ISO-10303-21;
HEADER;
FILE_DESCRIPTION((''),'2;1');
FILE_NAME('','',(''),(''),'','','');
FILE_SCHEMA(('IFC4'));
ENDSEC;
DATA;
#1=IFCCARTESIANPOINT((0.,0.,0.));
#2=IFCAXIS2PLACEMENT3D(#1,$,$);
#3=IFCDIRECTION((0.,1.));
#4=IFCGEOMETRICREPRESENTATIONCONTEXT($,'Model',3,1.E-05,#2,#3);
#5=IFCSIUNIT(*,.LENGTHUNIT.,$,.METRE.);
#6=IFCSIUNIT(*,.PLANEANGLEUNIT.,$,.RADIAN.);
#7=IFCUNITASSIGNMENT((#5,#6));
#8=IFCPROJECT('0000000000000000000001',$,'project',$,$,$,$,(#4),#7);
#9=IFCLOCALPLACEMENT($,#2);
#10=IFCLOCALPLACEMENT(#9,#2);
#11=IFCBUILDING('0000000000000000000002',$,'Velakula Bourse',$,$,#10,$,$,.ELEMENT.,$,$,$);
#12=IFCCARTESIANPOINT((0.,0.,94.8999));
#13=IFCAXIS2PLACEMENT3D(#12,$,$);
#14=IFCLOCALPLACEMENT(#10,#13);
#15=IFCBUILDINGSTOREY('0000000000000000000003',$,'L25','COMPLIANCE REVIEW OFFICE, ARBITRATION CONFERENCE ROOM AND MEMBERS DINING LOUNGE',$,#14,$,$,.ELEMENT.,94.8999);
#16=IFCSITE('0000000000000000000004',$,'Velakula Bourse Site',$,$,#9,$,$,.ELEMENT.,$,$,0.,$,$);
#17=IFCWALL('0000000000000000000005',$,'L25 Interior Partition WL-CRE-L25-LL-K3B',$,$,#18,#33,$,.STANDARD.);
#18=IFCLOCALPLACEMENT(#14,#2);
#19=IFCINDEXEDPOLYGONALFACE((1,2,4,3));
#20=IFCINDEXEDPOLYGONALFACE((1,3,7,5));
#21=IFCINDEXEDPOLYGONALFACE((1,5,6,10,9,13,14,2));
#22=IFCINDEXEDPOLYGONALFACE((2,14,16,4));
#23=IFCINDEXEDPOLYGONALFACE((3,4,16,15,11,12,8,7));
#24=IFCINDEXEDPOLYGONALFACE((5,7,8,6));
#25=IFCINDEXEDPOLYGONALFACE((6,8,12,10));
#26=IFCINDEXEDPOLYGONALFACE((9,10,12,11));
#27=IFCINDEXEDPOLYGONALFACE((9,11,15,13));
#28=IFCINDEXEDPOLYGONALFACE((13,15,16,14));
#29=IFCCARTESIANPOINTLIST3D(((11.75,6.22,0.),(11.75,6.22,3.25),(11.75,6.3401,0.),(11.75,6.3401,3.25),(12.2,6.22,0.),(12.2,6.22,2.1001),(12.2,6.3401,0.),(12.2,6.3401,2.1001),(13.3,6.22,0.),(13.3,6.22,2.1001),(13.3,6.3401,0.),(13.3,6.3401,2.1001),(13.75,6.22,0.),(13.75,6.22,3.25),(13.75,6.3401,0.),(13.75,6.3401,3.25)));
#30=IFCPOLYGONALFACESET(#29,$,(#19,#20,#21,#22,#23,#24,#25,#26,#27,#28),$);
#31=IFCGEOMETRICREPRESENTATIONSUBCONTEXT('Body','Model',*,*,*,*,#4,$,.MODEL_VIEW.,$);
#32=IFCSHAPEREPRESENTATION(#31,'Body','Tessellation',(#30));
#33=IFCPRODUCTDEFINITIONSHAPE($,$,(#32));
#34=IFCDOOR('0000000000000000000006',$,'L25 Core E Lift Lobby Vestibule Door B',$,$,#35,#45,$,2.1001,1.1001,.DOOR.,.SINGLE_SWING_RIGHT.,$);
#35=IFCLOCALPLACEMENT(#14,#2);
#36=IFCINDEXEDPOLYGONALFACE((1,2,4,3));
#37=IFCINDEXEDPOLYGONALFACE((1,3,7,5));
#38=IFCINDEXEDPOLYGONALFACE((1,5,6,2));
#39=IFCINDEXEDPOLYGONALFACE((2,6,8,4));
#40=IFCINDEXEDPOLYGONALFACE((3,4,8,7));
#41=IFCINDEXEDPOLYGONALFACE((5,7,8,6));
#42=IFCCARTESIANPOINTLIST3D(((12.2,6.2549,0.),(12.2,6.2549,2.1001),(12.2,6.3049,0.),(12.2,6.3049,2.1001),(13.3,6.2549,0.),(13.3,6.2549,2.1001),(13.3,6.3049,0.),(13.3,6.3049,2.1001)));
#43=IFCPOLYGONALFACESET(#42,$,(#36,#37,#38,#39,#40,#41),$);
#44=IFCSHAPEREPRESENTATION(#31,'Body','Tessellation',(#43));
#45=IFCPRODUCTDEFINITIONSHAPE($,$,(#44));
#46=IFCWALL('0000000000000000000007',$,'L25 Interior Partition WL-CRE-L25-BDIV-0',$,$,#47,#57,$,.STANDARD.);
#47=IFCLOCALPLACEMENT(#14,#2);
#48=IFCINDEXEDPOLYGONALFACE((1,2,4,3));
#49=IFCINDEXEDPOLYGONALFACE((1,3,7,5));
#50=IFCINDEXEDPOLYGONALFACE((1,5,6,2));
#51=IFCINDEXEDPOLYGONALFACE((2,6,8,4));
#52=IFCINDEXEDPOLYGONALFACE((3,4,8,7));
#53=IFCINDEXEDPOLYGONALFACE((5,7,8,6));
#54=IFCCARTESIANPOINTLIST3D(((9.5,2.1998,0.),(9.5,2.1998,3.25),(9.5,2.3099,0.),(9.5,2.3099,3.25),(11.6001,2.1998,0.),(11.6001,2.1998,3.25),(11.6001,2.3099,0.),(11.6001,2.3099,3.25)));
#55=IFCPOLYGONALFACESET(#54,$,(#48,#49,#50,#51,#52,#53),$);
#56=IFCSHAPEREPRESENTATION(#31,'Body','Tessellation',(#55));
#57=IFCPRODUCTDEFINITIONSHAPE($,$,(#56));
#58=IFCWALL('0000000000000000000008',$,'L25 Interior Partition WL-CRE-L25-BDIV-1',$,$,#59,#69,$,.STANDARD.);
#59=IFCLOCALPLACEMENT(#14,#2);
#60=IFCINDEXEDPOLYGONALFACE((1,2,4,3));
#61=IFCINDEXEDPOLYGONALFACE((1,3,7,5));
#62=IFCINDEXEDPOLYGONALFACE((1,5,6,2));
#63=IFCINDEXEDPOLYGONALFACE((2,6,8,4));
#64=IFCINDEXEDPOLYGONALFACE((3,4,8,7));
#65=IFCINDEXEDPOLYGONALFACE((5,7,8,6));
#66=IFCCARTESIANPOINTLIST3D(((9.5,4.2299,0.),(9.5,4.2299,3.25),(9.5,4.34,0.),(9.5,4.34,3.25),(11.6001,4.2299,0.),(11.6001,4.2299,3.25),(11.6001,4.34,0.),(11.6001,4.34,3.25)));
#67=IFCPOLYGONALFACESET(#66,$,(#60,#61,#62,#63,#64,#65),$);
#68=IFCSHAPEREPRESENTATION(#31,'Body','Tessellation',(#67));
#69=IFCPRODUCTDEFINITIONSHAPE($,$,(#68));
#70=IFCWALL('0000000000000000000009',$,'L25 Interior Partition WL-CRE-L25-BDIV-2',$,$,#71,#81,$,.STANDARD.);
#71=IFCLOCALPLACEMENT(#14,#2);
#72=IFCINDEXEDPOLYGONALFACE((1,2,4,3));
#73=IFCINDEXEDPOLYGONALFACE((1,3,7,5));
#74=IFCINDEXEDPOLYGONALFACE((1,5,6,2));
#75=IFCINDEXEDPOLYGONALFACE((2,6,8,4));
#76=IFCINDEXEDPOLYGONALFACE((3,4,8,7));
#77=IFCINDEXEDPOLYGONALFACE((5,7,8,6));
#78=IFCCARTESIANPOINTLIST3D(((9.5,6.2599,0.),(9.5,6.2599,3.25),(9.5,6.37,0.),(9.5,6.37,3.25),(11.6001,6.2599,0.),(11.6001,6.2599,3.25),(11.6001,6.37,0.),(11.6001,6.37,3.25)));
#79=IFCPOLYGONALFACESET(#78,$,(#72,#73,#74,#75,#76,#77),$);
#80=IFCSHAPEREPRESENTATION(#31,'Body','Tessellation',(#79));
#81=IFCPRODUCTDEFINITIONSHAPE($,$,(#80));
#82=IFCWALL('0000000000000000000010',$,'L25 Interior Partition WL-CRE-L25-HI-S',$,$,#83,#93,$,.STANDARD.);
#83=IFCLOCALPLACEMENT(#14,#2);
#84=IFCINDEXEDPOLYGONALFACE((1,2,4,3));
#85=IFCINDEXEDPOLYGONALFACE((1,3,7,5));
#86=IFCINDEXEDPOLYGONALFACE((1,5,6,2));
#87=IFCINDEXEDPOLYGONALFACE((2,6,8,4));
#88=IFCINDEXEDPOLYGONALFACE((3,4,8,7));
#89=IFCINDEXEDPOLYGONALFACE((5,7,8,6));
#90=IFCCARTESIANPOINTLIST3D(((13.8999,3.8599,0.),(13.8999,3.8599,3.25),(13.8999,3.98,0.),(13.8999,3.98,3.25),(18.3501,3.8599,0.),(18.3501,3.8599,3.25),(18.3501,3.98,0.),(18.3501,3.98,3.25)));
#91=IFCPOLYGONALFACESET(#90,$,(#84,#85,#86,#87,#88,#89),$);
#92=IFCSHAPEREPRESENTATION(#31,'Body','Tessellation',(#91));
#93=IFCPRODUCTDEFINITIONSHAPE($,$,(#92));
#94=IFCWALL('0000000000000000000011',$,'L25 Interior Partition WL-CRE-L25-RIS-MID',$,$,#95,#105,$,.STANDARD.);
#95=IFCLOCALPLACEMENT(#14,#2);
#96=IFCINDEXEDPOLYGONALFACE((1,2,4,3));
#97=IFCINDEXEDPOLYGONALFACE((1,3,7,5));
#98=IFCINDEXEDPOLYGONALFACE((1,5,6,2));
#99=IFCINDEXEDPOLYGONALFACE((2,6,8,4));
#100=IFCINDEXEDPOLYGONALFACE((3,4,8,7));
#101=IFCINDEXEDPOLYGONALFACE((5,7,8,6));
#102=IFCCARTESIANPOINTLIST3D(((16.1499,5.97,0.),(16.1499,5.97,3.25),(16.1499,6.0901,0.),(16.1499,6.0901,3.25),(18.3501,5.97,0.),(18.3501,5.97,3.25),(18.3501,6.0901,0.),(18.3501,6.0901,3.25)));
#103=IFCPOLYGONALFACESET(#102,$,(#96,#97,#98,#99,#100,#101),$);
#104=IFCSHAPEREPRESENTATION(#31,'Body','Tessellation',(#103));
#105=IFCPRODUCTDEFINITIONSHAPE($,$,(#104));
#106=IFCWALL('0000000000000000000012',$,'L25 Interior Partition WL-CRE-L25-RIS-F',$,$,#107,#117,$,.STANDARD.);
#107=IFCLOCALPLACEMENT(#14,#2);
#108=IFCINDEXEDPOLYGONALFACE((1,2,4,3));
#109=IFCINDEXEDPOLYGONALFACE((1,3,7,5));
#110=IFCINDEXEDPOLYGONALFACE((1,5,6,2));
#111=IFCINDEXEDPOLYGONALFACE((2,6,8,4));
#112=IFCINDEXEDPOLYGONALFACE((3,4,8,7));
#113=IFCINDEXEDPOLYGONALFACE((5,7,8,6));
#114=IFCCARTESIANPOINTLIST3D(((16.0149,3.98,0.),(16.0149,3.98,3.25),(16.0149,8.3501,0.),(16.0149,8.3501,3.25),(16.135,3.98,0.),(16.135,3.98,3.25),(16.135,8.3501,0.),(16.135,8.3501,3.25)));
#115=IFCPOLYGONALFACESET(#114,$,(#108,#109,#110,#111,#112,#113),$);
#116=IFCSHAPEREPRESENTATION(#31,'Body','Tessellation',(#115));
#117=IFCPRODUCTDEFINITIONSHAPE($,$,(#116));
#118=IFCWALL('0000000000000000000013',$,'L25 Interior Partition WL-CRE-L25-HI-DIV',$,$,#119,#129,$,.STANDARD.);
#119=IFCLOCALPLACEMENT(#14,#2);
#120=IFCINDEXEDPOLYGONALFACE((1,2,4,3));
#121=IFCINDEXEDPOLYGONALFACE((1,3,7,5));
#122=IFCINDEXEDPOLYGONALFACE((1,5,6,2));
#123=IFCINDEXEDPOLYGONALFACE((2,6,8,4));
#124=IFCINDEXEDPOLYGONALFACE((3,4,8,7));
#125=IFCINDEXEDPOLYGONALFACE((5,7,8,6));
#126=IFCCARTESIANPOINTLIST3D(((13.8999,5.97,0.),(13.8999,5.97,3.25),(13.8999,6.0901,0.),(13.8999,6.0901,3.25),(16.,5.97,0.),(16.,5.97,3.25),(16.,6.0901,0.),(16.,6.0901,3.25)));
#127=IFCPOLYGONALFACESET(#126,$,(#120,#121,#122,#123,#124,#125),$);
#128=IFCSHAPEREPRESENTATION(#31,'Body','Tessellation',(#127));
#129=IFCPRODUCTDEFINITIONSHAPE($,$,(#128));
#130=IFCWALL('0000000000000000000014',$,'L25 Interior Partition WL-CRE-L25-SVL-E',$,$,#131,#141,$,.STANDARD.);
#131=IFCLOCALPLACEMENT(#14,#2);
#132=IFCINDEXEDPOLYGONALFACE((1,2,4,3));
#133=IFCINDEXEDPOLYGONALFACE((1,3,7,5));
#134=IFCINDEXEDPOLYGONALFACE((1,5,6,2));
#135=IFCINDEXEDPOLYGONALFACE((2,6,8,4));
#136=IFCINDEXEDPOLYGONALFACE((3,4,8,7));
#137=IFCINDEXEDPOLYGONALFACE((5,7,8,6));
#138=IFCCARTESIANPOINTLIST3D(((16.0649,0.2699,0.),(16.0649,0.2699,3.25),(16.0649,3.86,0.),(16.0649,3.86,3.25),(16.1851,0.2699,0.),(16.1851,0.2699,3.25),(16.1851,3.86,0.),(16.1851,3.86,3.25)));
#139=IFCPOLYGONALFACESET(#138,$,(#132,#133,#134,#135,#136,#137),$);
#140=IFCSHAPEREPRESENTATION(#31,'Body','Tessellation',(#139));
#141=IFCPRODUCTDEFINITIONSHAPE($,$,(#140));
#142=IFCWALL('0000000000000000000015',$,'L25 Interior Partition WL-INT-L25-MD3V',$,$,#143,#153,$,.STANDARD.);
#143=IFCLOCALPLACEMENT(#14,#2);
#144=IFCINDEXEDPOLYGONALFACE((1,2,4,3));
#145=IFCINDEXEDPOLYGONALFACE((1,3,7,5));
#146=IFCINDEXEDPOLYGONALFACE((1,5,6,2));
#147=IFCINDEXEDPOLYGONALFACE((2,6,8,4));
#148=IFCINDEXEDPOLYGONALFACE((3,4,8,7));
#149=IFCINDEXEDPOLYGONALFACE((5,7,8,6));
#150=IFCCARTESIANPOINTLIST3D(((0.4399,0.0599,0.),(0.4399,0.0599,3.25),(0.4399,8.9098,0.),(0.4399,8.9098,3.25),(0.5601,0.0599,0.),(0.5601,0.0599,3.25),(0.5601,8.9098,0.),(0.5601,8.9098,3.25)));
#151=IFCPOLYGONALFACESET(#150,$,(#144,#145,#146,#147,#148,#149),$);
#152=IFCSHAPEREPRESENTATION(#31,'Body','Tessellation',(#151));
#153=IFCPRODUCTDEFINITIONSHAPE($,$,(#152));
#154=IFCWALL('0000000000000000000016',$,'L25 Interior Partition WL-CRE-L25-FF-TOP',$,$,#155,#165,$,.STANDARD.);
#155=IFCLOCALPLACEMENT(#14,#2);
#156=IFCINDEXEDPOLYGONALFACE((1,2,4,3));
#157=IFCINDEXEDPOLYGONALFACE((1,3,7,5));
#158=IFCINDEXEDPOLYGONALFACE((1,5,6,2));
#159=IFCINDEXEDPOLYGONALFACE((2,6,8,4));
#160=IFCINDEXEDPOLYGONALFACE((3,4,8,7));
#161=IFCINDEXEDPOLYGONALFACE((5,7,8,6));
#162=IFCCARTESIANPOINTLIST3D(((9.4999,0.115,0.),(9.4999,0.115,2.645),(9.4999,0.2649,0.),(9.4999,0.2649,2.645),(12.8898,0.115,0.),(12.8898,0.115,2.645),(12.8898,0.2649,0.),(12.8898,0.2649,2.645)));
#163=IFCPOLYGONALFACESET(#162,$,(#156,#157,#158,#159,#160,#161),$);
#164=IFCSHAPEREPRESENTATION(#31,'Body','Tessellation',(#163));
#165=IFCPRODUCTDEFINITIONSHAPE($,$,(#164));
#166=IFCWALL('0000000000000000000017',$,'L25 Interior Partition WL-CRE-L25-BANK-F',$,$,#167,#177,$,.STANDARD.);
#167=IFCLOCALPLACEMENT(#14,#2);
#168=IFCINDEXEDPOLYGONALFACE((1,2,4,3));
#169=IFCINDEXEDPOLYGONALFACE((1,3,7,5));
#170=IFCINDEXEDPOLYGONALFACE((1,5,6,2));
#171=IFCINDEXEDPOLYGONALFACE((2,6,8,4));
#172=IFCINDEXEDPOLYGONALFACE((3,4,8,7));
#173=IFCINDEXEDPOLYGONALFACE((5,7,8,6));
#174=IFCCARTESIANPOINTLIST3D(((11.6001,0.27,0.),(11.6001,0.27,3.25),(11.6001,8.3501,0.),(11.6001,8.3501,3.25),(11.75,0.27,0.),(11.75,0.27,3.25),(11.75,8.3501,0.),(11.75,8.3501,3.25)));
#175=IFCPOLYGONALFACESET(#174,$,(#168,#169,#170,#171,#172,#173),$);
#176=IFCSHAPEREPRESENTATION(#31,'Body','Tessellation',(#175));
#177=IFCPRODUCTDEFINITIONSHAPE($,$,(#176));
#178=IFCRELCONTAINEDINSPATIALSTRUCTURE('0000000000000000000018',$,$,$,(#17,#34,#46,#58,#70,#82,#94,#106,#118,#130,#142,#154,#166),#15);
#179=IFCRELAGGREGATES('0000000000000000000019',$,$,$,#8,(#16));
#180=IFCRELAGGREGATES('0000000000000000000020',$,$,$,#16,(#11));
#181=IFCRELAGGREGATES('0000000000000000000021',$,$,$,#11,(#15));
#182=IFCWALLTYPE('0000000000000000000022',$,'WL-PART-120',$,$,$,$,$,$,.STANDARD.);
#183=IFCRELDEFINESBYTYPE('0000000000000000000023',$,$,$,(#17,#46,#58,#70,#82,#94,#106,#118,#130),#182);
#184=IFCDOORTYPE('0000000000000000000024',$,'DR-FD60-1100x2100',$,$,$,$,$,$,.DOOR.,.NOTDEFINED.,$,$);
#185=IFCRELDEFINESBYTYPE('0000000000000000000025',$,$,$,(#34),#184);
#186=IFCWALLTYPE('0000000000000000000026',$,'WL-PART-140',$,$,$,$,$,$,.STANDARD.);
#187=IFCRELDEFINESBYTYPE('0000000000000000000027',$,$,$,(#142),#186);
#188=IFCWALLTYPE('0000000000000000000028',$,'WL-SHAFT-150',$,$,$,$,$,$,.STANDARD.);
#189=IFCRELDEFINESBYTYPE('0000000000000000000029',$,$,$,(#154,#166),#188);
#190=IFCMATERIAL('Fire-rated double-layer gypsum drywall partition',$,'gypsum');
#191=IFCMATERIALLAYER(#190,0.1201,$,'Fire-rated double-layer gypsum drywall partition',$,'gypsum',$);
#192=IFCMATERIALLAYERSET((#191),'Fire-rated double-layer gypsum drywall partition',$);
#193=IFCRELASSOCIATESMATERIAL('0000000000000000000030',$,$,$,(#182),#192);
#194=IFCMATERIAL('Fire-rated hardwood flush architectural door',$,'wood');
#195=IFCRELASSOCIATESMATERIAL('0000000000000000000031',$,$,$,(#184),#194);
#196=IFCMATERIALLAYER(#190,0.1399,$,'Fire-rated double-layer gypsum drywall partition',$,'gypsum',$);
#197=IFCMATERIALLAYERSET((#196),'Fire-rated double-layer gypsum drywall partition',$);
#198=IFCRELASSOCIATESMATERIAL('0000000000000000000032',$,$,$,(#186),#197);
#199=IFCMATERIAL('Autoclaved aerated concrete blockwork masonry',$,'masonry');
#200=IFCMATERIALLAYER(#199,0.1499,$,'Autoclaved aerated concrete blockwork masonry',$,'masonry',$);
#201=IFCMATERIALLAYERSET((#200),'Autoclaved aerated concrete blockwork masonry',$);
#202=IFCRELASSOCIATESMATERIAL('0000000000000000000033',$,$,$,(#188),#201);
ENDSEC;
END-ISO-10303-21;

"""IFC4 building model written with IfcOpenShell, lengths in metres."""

from ifc_helpers import new_model, si_unit, direction, frame, frame_2d, origin, place, context, subcontext, project, spatial, rectangle, extrude, material, layer, layer_set, type_object, element, fill, save


model = new_model("IFC4")

# Units and contexts
model_context = context("Model", 3, precision=1e-05, world=origin(), true_north=direction((0.0, 1.0)))
body_context = subcontext(model_context, "Body", "Model", "MODEL_VIEW")
ifc_project = project(units=[si_unit("LENGTHUNIT", "METRE"), si_unit("PLANEANGLEUNIT", "RADIAN")], contexts=[model_context])

# Site, building, storey
site_placement = place(None, origin())
site = spatial("IfcSite", under=ifc_project, at=site_placement, Name="Velakula Bourse Site", CompositionType="ELEMENT", RefElevation=0.0)
building_placement = place(site_placement, origin())
building = spatial("IfcBuilding", under=site, at=building_placement, Name="Velakula Bourse", CompositionType="ELEMENT")
storey_placement = place(building_placement, frame((0.0, 0.0, 94.8999)))
storey = spatial("IfcBuildingStorey", under=building, at=storey_placement, Name="L25", Description="COMPLIANCE REVIEW OFFICE, ARBITRATION CONFERENCE ROOM AND MEMBERS DINING LOUNGE", CompositionType="ELEMENT", Elevation=94.8999)

# Wall, opening, door
ifc_material_1 = material(Name="Fire-rated double-layer gypsum drywall partition", Category="gypsum")
ifc_layer_1 = layer(ifc_material_1, 0.1201, Name="Fire-rated double-layer gypsum drywall partition", Category="gypsum")
ifc_layer_set_1 = layer_set([ifc_layer_1], Name="Fire-rated double-layer gypsum drywall partition")
wall_type_1 = type_object("IfcWallType", Name="WL-PART-120", PredefinedType="STANDARD", material=ifc_layer_set_1)
ifc_material_2 = material(Name="Fire-rated hardwood flush architectural door", Category="wood")
door_type_1 = type_object("IfcDoorType", Name="DR-FD60-1100x2100", OperationType="NOTDEFINED", PredefinedType="DOOR", material=ifc_material_2)
wall_1_placement = place(storey_placement, frame((11.75, 6.28, 0.0), z_axis=(0.0, 0.0, 1.0), x_axis=(1.0, 0.0, 0.0)))
wall_1 = element("IfcWall", 1, at=wall_1_placement, inside=storey, type_object=wall_type_1, Name="L25 Interior Partition WL-CRE-L25-LL-K3B", PredefinedType="STANDARD", context=body_context, shape_type="SweptSolid", body=[
    extrude(rectangle(XDim=2.0, YDim=0.1201, at=frame_2d((1.0, 0.0))), origin(), (0.0, 0.0, 1.0), 3.25),
])
opening_1_placement = place(wall_1_placement, frame((0.45, 0.0, 0.0)))
opening_1 = element("IfcOpeningElement", 2, at=opening_1_placement, cuts=wall_1, PredefinedType="OPENING", context=body_context, shape_type="SweptSolid", body=[
    extrude(rectangle(XDim=1.1001, YDim=2.1001, at=frame_2d((0.55, 1.05))), frame((0.0, 0.0701, 0.0), z_axis=(0.0, -1.0, 0.0), x_axis=(1.0, 0.0, 0.0)), (0.0, 0.0, 1.0), 0.1401),
])
door_1_placement = place(opening_1_placement, origin())
door_1 = element("IfcDoor", 3, at=door_1_placement, inside=storey, type_object=door_type_1, Name="L25 Core E Lift Lobby Vestibule Door B", OperationType="SINGLE_SWING_RIGHT", OverallHeight=2.1001, OverallWidth=1.1001, PredefinedType="DOOR", context=body_context, shape_type="SweptSolid", body=[
    extrude(rectangle(XDim=1.1001, YDim=2.1001, at=frame_2d((0.55, 1.05))), frame((0.0, 0.0249, 0.0), z_axis=(0.0, -1.0, 0.0), x_axis=(1.0, 0.0, 0.0)), (0.0, 0.0, 1.0), 0.05),
])
fill(opening_1, door_1)

# Walls
for number, where, z_axis, x_axis, name in (
    (4, (9.5, 2.2549, 0.0), (0.0, 0.0, 1.0), (1.0, 0.0, 0.0), "L25 Interior Partition WL-CRE-L25-BDIV-0"),
    (5, (9.5, 4.2849, 0.0), (0.0, 0.0, 1.0), (1.0, 0.0, 0.0), "L25 Interior Partition WL-CRE-L25-BDIV-1"),
    (6, (9.5, 6.3149, 0.0), (0.0, 0.0, 1.0), (1.0, 0.0, 0.0), "L25 Interior Partition WL-CRE-L25-BDIV-2"),
):
    element("IfcWall", number, at=place(storey_placement, frame(where, z_axis=z_axis, x_axis=x_axis)), inside=storey, type_object=wall_type_1, Name=name, PredefinedType="STANDARD", context=body_context, shape_type="SweptSolid", body=[
        extrude(rectangle(XDim=2.1001, YDim=0.1101, at=frame_2d((1.05, 0.0))), origin(), (0.0, 0.0, 1.0), 3.25),
    ])
wall_2_placement = place(storey_placement, frame((13.8999, 3.9199, 0.0), z_axis=(0.0, 0.0, 1.0), x_axis=(1.0, 0.0, 0.0)))
element("IfcWall", 7, at=wall_2_placement, inside=storey, type_object=wall_type_1, Name="L25 Interior Partition WL-CRE-L25-HI-S", PredefinedType="STANDARD", context=body_context, shape_type="SweptSolid", body=[
    extrude(rectangle(XDim=4.4502, YDim=0.1201, at=frame_2d((2.2251, 0.0))), origin(), (0.0, 0.0, 1.0), 3.25),
])
wall_3_placement = place(storey_placement, frame((16.1499, 6.03, 0.0), z_axis=(0.0, 0.0, 1.0), x_axis=(1.0, 0.0, 0.0)))
element("IfcWall", 8, at=wall_3_placement, inside=storey, type_object=wall_type_1, Name="L25 Interior Partition WL-CRE-L25-RIS-MID", PredefinedType="STANDARD", context=body_context, shape_type="SweptSolid", body=[
    extrude(rectangle(XDim=2.2002, YDim=0.1201, at=frame_2d((1.1001, 0.0))), origin(), (0.0, 0.0, 1.0), 3.25),
])
wall_4_placement = place(storey_placement, frame((16.075, 3.98, 0.0), z_axis=(0.0, 0.0, 1.0), x_axis=(0.0, 1.0, 0.0)))
element("IfcWall", 9, at=wall_4_placement, inside=storey, type_object=wall_type_1, Name="L25 Interior Partition WL-CRE-L25-RIS-F", PredefinedType="STANDARD", context=body_context, shape_type="SweptSolid", body=[
    extrude(rectangle(XDim=4.3701, YDim=0.1201, at=frame_2d((2.1851, 0.0))), origin(), (0.0, 0.0, 1.0), 3.25),
])
wall_5_placement = place(storey_placement, frame((13.8999, 6.03, 0.0), z_axis=(0.0, 0.0, 1.0), x_axis=(1.0, 0.0, 0.0)))
element("IfcWall", 10, at=wall_5_placement, inside=storey, type_object=wall_type_1, Name="L25 Interior Partition WL-CRE-L25-HI-DIV", PredefinedType="STANDARD", context=body_context, shape_type="SweptSolid", body=[
    extrude(rectangle(XDim=2.1001, YDim=0.1201, at=frame_2d((1.05, 0.0))), origin(), (0.0, 0.0, 1.0), 3.25),
])
wall_6_placement = place(storey_placement, frame((16.125, 0.27, 0.0), z_axis=(0.0, 0.0, 1.0), x_axis=(0.0, 1.0, 0.0)))
element("IfcWall", 11, at=wall_6_placement, inside=storey, type_object=wall_type_1, Name="L25 Interior Partition WL-CRE-L25-SVL-E", PredefinedType="STANDARD", context=body_context, shape_type="SweptSolid", body=[
    extrude(rectangle(XDim=3.5901, YDim=0.1201, at=frame_2d((1.7949, 0.0))), origin(), (0.0, 0.0, 1.0), 3.25),
])
ifc_layer_2 = layer(ifc_material_1, 0.1399, Name="Fire-rated double-layer gypsum drywall partition", Category="gypsum")
ifc_layer_set_2 = layer_set([ifc_layer_2], Name="Fire-rated double-layer gypsum drywall partition")
wall_type_2 = type_object("IfcWallType", Name="WL-PART-140", PredefinedType="STANDARD", material=ifc_layer_set_2)
wall_7_placement = place(storey_placement, frame((0.5, 0.0601, 0.0), z_axis=(0.0, 0.0, 1.0), x_axis=(0.0, 1.0, 0.0)))
element("IfcWall", 12, at=wall_7_placement, inside=storey, type_object=wall_type_2, Name="L25 Interior Partition WL-INT-L25-MD3V", PredefinedType="STANDARD", context=body_context, shape_type="SweptSolid", body=[
    extrude(rectangle(XDim=8.8499, YDim=0.1201, at=frame_2d((4.4248, 0.0))), origin(), (0.0, 0.0, 1.0), 3.25),
])
ifc_material_3 = material(Name="Autoclaved aerated concrete blockwork masonry", Category="masonry")
ifc_layer_3 = layer(ifc_material_3, 0.1499, Name="Autoclaved aerated concrete blockwork masonry", Category="masonry")
ifc_layer_set_3 = layer_set([ifc_layer_3], Name="Autoclaved aerated concrete blockwork masonry")
wall_type_3 = type_object("IfcWallType", Name="WL-SHAFT-150", PredefinedType="STANDARD", material=ifc_layer_set_3)
wall_8_placement = place(storey_placement, frame((9.5, 0.1899, 0.0), z_axis=(0.0, 0.0, 1.0), x_axis=(1.0, 0.0, 0.0)))
element("IfcWall", 13, at=wall_8_placement, inside=storey, type_object=wall_type_3, Name="L25 Interior Partition WL-CRE-L25-FF-TOP", PredefinedType="STANDARD", context=body_context, shape_type="SweptSolid", body=[
    extrude(rectangle(XDim=3.3899, YDim=0.1499, at=frame_2d((1.6948, 0.0))), origin(), (0.0, 0.0, 1.0), 2.645),
])
wall_9_placement = place(storey_placement, frame((11.675, 0.27, 0.0), z_axis=(0.0, 0.0, 1.0), x_axis=(0.0, 1.0, 0.0)))
element("IfcWall", 14, at=wall_9_placement, inside=storey, type_object=wall_type_3, Name="L25 Interior Partition WL-CRE-L25-BANK-F", PredefinedType="STANDARD", context=body_context, shape_type="SweptSolid", body=[
    extrude(rectangle(XDim=8.0801, YDim=0.1499, at=frame_2d((4.04, 0.0))), origin(), (0.0, 0.0, 1.0), 3.25),
])

save(model, "model.ifc")
